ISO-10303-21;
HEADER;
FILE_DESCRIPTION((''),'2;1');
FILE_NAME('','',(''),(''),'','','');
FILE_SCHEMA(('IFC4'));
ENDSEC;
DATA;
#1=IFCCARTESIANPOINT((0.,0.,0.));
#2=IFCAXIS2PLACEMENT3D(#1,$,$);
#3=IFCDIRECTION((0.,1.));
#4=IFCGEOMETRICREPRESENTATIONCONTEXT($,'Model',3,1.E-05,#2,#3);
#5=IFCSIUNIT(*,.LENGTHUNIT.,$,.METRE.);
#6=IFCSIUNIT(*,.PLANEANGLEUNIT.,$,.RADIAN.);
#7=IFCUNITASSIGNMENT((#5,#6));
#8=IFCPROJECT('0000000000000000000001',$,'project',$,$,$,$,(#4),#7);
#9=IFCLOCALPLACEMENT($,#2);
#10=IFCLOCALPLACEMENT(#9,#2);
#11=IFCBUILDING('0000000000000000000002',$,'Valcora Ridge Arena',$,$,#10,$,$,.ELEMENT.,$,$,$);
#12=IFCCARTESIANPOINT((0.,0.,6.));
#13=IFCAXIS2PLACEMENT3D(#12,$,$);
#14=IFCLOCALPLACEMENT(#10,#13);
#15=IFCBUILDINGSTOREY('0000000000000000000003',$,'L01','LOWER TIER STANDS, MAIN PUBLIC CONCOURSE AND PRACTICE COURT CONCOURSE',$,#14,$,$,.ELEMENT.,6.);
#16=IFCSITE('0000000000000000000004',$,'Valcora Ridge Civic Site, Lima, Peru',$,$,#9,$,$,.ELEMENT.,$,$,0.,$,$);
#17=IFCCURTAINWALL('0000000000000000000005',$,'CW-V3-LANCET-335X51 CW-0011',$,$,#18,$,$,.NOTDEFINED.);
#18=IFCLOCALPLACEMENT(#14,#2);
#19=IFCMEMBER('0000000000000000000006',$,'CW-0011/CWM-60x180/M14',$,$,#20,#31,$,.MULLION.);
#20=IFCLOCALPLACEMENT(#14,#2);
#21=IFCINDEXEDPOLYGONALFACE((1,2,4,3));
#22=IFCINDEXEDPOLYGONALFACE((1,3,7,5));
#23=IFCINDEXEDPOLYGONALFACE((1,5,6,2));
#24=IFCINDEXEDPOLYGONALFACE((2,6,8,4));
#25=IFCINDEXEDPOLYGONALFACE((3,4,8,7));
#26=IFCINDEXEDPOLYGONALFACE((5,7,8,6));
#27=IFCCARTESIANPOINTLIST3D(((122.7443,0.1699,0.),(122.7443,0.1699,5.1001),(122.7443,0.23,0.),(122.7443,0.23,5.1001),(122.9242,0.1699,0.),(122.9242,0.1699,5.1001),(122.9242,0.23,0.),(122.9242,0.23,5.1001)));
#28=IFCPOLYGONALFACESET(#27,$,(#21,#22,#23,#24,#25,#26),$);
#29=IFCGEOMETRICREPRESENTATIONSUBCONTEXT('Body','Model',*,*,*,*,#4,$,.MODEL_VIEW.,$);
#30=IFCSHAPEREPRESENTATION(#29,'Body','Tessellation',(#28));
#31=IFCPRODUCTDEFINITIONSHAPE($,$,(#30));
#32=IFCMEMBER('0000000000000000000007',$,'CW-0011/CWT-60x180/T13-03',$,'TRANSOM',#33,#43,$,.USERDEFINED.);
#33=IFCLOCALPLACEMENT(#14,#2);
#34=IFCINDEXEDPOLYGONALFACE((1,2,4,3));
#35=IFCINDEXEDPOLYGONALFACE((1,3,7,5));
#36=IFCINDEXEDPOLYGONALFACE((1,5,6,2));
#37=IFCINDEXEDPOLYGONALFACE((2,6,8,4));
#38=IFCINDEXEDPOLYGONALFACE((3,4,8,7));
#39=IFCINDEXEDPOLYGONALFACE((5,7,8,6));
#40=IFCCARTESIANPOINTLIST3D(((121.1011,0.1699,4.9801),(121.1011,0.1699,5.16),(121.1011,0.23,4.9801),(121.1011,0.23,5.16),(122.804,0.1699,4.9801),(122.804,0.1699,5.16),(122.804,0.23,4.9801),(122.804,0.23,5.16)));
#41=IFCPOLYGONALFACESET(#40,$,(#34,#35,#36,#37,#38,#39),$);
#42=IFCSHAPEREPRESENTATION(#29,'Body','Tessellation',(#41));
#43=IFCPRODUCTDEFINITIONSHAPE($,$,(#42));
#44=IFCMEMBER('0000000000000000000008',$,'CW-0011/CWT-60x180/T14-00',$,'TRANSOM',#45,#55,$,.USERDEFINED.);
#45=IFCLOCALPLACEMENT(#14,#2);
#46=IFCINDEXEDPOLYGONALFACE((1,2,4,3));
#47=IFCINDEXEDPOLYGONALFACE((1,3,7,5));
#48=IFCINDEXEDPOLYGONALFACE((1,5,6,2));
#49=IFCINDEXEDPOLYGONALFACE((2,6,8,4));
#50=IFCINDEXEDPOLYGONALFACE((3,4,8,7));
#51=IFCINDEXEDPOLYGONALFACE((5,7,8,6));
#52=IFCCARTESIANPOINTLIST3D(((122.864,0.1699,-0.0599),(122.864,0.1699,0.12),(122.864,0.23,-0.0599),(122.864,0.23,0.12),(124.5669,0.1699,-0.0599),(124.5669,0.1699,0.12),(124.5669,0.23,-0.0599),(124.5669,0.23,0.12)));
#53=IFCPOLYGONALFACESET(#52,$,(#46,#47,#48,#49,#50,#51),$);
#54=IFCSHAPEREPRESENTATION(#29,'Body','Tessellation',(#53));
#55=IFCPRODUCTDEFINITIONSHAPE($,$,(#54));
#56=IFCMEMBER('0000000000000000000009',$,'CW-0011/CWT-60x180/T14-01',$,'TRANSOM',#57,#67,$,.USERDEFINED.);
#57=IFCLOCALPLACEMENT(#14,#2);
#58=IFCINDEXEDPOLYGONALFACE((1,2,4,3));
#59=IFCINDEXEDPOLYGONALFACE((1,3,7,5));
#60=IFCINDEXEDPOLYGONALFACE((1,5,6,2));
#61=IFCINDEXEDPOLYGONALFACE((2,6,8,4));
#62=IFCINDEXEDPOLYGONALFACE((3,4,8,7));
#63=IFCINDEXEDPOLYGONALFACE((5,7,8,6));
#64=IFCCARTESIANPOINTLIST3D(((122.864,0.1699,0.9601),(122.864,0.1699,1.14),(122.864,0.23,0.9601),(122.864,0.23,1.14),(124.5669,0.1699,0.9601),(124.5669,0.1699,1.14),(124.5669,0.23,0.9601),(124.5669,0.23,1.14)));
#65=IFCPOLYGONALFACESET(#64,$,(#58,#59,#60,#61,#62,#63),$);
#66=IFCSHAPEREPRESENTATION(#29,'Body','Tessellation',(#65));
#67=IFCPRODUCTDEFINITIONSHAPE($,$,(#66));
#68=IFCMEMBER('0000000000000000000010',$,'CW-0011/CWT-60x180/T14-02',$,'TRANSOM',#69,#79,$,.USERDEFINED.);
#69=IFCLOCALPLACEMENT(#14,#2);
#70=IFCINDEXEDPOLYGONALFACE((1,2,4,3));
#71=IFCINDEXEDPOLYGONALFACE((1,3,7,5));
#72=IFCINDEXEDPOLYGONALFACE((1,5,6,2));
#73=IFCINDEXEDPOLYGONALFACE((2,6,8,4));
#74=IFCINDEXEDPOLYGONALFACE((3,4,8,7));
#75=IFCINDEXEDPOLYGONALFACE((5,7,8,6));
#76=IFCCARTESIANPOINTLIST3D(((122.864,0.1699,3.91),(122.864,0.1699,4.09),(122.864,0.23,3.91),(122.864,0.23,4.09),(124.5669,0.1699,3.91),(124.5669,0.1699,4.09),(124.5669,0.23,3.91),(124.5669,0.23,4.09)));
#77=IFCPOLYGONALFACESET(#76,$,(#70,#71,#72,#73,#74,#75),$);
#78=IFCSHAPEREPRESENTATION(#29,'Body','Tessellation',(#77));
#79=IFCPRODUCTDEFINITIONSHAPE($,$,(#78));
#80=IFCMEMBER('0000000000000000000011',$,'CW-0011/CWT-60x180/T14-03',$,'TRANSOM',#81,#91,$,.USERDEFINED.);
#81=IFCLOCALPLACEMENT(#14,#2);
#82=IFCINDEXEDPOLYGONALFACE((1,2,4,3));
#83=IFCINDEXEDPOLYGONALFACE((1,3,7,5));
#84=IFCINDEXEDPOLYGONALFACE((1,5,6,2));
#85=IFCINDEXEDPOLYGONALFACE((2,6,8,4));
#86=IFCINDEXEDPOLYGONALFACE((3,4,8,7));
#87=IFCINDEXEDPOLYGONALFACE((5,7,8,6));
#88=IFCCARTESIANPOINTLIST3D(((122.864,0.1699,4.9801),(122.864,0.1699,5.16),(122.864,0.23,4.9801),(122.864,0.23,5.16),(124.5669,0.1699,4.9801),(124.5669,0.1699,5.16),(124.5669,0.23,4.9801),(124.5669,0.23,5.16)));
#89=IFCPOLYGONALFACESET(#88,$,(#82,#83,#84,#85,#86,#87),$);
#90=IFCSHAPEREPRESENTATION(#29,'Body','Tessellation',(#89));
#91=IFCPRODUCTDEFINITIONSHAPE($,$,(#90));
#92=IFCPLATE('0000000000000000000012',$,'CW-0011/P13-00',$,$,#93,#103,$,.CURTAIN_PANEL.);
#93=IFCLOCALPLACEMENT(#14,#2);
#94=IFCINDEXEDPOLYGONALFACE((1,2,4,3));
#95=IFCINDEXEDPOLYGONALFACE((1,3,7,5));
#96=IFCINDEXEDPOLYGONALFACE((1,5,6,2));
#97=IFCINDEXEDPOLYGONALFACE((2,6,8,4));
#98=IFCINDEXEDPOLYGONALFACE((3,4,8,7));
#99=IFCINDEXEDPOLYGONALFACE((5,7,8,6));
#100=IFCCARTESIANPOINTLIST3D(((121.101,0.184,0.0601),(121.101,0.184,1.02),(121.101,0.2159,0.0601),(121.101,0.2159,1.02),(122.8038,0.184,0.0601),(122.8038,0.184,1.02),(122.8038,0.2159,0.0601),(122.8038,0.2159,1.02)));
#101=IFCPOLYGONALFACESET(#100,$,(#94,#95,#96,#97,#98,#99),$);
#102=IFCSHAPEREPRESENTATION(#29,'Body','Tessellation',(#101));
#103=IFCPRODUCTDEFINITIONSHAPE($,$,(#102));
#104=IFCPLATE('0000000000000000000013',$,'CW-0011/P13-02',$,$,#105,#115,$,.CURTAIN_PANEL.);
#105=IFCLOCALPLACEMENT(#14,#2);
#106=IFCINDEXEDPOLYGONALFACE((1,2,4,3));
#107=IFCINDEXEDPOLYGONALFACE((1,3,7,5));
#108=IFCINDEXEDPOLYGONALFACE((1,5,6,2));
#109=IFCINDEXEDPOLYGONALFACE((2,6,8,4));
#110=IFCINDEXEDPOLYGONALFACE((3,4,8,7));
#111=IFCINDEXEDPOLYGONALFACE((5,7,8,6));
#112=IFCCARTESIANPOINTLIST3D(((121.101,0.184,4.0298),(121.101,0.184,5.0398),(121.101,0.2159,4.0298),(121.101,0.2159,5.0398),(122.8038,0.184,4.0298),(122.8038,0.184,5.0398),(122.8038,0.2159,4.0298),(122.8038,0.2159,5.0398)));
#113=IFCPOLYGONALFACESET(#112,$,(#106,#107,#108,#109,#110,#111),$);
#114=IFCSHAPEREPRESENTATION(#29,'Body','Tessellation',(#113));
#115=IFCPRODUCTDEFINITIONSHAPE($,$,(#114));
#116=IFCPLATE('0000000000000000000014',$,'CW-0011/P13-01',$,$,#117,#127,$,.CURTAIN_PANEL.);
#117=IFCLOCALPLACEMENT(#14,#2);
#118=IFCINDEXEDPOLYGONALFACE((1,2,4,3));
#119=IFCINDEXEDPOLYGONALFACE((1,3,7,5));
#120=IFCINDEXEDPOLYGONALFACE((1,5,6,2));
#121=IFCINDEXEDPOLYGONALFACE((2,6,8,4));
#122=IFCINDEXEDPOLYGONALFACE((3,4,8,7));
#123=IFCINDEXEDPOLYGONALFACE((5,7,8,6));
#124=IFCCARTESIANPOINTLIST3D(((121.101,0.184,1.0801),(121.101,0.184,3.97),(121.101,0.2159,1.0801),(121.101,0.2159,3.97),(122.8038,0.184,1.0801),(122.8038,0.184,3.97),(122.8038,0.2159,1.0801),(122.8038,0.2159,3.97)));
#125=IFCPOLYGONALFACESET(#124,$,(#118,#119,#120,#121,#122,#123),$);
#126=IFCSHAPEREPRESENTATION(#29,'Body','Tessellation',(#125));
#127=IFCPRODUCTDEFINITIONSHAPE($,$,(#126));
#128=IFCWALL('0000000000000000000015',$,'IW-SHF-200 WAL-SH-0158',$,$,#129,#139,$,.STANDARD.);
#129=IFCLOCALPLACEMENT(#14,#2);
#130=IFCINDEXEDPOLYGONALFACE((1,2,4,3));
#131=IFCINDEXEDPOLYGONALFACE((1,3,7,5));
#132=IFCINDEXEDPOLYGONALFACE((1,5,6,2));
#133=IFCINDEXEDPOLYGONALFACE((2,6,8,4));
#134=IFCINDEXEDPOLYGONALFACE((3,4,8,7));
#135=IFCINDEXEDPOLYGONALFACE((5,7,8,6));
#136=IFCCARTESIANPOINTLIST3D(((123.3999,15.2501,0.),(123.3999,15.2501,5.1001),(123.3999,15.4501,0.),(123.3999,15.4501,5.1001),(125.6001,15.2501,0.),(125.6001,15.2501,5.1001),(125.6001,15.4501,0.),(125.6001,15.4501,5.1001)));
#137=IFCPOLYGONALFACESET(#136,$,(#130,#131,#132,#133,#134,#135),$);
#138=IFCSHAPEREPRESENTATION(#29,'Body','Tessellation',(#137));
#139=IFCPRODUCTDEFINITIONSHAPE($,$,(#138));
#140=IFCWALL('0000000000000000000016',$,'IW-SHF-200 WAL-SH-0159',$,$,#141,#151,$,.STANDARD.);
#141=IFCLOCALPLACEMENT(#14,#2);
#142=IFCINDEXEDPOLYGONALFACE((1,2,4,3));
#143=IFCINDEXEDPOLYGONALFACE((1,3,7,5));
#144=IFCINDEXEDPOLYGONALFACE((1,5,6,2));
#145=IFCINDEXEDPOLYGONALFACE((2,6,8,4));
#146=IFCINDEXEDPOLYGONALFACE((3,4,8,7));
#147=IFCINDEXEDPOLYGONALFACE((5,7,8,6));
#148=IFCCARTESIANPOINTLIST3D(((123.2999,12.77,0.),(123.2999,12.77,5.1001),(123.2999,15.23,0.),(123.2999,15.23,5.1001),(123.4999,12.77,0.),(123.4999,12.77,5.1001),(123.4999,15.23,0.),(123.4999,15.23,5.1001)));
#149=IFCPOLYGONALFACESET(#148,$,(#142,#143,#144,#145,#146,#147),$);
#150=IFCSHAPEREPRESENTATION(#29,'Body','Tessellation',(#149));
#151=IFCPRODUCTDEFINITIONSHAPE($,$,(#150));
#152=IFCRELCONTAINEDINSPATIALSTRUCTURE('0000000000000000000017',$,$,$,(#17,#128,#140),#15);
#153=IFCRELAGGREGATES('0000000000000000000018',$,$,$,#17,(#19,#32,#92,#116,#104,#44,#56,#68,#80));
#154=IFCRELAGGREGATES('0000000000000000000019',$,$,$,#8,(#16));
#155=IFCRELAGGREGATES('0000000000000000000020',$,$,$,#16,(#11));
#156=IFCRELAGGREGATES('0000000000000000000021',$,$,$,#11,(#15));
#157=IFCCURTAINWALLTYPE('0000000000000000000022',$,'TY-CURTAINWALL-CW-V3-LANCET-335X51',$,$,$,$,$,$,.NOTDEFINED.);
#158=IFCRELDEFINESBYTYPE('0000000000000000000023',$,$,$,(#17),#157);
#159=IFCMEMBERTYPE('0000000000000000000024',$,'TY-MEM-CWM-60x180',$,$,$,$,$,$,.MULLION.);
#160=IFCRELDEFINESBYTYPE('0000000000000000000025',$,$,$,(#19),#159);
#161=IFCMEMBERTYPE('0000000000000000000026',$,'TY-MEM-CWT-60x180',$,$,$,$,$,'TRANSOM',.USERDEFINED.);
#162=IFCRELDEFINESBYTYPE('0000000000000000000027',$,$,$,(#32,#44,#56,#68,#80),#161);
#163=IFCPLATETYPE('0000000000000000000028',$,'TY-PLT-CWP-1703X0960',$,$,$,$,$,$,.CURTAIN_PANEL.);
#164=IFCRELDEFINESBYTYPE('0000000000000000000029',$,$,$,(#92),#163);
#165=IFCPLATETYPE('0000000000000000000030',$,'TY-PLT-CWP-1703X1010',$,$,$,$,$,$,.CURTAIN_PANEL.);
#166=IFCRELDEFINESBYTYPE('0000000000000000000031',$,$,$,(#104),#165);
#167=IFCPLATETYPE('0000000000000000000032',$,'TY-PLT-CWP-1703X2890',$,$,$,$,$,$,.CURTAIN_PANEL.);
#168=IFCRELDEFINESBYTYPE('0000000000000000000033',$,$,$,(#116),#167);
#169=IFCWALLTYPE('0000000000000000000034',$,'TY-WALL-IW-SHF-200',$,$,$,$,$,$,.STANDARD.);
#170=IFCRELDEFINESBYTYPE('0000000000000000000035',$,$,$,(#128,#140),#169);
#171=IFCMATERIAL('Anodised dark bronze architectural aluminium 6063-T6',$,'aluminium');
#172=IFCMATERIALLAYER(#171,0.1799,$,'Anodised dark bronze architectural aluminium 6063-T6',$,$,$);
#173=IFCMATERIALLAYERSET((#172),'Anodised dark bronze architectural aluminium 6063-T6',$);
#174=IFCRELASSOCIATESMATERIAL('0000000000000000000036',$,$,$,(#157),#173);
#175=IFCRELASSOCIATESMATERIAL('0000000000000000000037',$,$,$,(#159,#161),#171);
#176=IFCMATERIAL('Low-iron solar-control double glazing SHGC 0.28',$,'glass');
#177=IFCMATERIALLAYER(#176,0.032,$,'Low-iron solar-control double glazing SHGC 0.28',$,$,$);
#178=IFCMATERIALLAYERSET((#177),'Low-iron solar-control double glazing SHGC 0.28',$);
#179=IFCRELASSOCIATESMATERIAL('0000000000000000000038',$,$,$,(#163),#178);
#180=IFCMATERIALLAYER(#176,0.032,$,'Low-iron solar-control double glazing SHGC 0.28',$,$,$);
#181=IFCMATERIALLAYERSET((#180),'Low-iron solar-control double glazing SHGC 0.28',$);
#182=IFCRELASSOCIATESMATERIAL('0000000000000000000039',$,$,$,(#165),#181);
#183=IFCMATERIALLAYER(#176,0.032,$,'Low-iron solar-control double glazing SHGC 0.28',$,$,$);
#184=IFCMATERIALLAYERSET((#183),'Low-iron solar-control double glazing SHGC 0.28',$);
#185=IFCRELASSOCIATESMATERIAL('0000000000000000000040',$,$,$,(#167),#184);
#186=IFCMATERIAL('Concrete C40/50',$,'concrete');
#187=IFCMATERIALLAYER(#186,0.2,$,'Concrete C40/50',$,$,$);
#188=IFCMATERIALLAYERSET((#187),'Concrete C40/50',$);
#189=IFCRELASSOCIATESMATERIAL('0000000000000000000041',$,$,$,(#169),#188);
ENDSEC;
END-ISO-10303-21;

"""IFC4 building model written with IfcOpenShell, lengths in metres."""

from ifc_helpers import new_model, si_unit, direction, frame, frame_2d, origin, origin_2d, place, context, subcontext, project, spatial, rectangle, extrude, material, layer, layer_set, material_profile, profile_set, type_object, element, aggregate, save


model = new_model("IFC4")

# Units and contexts
model_context = context("Model", 3, precision=1e-05, world=origin(), true_north=direction((0.0, 1.0)))
body_context = subcontext(model_context, "Body", "Model", "MODEL_VIEW")
ifc_project = project(units=[si_unit("LENGTHUNIT", "METRE"), si_unit("PLANEANGLEUNIT", "RADIAN")], contexts=[model_context])

# Site, building, storey
site_placement = place(None, origin())
site = spatial("IfcSite", under=ifc_project, at=site_placement, Name="Valcora Ridge Civic Site, Lima, Peru", CompositionType="ELEMENT", RefElevation=0.0)
building_placement = place(site_placement, origin())
building = spatial("IfcBuilding", under=site, at=building_placement, Name="Valcora Ridge Arena", CompositionType="ELEMENT")
storey_placement = place(building_placement, frame((0.0, 0.0, 6.0)))
storey = spatial("IfcBuildingStorey", under=building, at=storey_placement, Name="L01", Description="LOWER TIER STANDS, MAIN PUBLIC CONCOURSE AND PRACTICE COURT CONCOURSE", CompositionType="ELEMENT", Elevation=6.0)

# Curtain wall, members, plates
ifc_material_1 = material(Name="Anodised dark bronze architectural aluminium 6063-T6", Category="aluminium")
ifc_layer_1 = layer(ifc_material_1, 0.1799, Name="Anodised dark bronze architectural aluminium 6063-T6")
ifc_layer_set_1 = layer_set([ifc_layer_1], Name="Anodised dark bronze architectural aluminium 6063-T6")
curtain_wall_type = type_object("IfcCurtainWallType", Name="TY-CURTAINWALL-CW-V3-LANCET-335X51", PredefinedType="NOTDEFINED", material=ifc_layer_set_1)
curtain_wall_placement = place(storey_placement, origin())
curtain_wall = element("IfcCurtainWall", 1, at=curtain_wall_placement, inside=storey, type_object=curtain_wall_type, Name="CW-V3-LANCET-335X51 CW-0011", PredefinedType="NOTDEFINED")
ifc_material_profile_1 = material_profile(ifc_material_1, rectangle(XDim=0.0601, YDim=0.1799, at=origin_2d()), Name="ALU MULLION 60x180")
ifc_profile_set_1 = profile_set([ifc_material_profile_1], Name="Anodised dark bronze architectural aluminium 6063-T6")
member_type_1 = type_object("IfcMemberType", Name="TY-MEM-CWM-60x180", PredefinedType="MULLION", material=ifc_profile_set_1)
member_1_placement = place(storey_placement, frame((122.8342, 0.2, 0.0), z_axis=(0.0, 0.0, 1.0), x_axis=(0.0, 1.0, 0.0)))
member_1 = element("IfcMember", 2, at=member_1_placement, type_object=member_type_1, Name="CW-0011/CWM-60x180/M14", PredefinedType="MULLION", context=body_context, shape_type="SweptSolid", body=[
    extrude(rectangle(XDim=0.0601, YDim=0.1799, at=origin_2d()), origin(), (0.0, 0.0, 1.0), 5.1001),
])
ifc_material_profile_2 = material_profile(ifc_material_1, rectangle(XDim=0.0601, YDim=0.1799, at=origin_2d()), Name="ALU TRANSOM 60x180")
ifc_profile_set_2 = profile_set([ifc_material_profile_2], Name="Anodised dark bronze architectural aluminium 6063-T6")
member_type_2 = type_object("IfcMemberType", Name="TY-MEM-CWT-60x180", ElementType="TRANSOM", PredefinedType="USERDEFINED", material=ifc_profile_set_2)
member_2_placement = place(storey_placement, frame((121.1011, 0.2, 5.0701), z_axis=(1.0, 0.0, 0.0), x_axis=(0.0, 1.0, 0.0)))
member_2 = element("IfcMember", 3, at=member_2_placement, type_object=member_type_2, Name="CW-0011/CWT-60x180/T13-03", ObjectType="TRANSOM", PredefinedType="USERDEFINED", context=body_context, shape_type="SweptSolid", body=[
    extrude(rectangle(XDim=0.0601, YDim=0.1799, at=origin_2d()), origin(), (0.0, 0.0, 1.0), 1.7029),
])
member_3_placement = place(storey_placement, frame((122.864, 0.2, 0.03), z_axis=(1.0, 0.0, 0.0), x_axis=(0.0, 1.0, 0.0)))
member_3 = element("IfcMember", 4, at=member_3_placement, type_object=member_type_2, Name="CW-0011/CWT-60x180/T14-00", ObjectType="TRANSOM", PredefinedType="USERDEFINED", context=body_context, shape_type="SweptSolid", body=[
    extrude(rectangle(XDim=0.0601, YDim=0.1799, at=origin_2d()), origin(), (0.0, 0.0, 1.0), 1.7029),
])
member_4_placement = place(storey_placement, frame((122.864, 0.2, 1.05), z_axis=(1.0, 0.0, 0.0), x_axis=(0.0, 1.0, 0.0)))
member_4 = element("IfcMember", 5, at=member_4_placement, type_object=member_type_2, Name="CW-0011/CWT-60x180/T14-01", ObjectType="TRANSOM", PredefinedType="USERDEFINED", context=body_context, shape_type="SweptSolid", body=[
    extrude(rectangle(XDim=0.0601, YDim=0.1799, at=origin_2d()), origin(), (0.0, 0.0, 1.0), 1.7029),
])
member_5_placement = place(storey_placement, frame((122.864, 0.2, 4.0), z_axis=(1.0, 0.0, 0.0), x_axis=(0.0, 1.0, 0.0)))
member_5 = element("IfcMember", 6, at=member_5_placement, type_object=member_type_2, Name="CW-0011/CWT-60x180/T14-02", ObjectType="TRANSOM", PredefinedType="USERDEFINED", context=body_context, shape_type="SweptSolid", body=[
    extrude(rectangle(XDim=0.0601, YDim=0.1799, at=origin_2d()), origin(), (0.0, 0.0, 1.0), 1.7029),
])
member_6_placement = place(storey_placement, frame((122.864, 0.2, 5.0701), z_axis=(1.0, 0.0, 0.0), x_axis=(0.0, 1.0, 0.0)))
member_6 = element("IfcMember", 7, at=member_6_placement, type_object=member_type_2, Name="CW-0011/CWT-60x180/T14-03", ObjectType="TRANSOM", PredefinedType="USERDEFINED", context=body_context, shape_type="SweptSolid", body=[
    extrude(rectangle(XDim=0.0601, YDim=0.1799, at=origin_2d()), origin(), (0.0, 0.0, 1.0), 1.7029),
])
ifc_material_2 = material(Name="Low-iron solar-control double glazing SHGC 0.28", Category="glass")
ifc_layer_2 = layer(ifc_material_2, 0.032, Name="Low-iron solar-control double glazing SHGC 0.28")
ifc_layer_set_2 = layer_set([ifc_layer_2], Name="Low-iron solar-control double glazing SHGC 0.28")
plate_type_1 = type_object("IfcPlateType", Name="TY-PLT-CWP-1703X0960", PredefinedType="CURTAIN_PANEL", material=ifc_layer_set_2)
plate_1_placement = place(storey_placement, frame((121.9524, 0.2, 0.0601), z_axis=(0.0, 0.0, 1.0), x_axis=(1.0, 0.0, 0.0)))
plate_1 = element("IfcPlate", 8, at=plate_1_placement, type_object=plate_type_1, Name="CW-0011/P13-00", PredefinedType="CURTAIN_PANEL", context=body_context, shape_type="SweptSolid", body=[
    extrude(rectangle(XDim=1.7029, YDim=0.032, at=origin_2d()), origin(), (0.0, 0.0, 1.0), 0.96),
])
ifc_layer_3 = layer(ifc_material_2, 0.032, Name="Low-iron solar-control double glazing SHGC 0.28")
ifc_layer_set_3 = layer_set([ifc_layer_3], Name="Low-iron solar-control double glazing SHGC 0.28")
plate_type_2 = type_object("IfcPlateType", Name="TY-PLT-CWP-1703X1010", PredefinedType="CURTAIN_PANEL", material=ifc_layer_set_3)
plate_2_placement = place(storey_placement, frame((121.9524, 0.2, 4.0298), z_axis=(0.0, 0.0, 1.0), x_axis=(1.0, 0.0, 0.0)))
plate_2 = element("IfcPlate", 9, at=plate_2_placement, type_object=plate_type_2, Name="CW-0011/P13-02", PredefinedType="CURTAIN_PANEL", context=body_context, shape_type="SweptSolid", body=[
    extrude(rectangle(XDim=1.7029, YDim=0.032, at=origin_2d()), origin(), (0.0, 0.0, 1.0), 1.01),
])
ifc_layer_4 = layer(ifc_material_2, 0.032, Name="Low-iron solar-control double glazing SHGC 0.28")
ifc_layer_set_4 = layer_set([ifc_layer_4], Name="Low-iron solar-control double glazing SHGC 0.28")
plate_type_3 = type_object("IfcPlateType", Name="TY-PLT-CWP-1703X2890", PredefinedType="CURTAIN_PANEL", material=ifc_layer_set_4)
plate_3_placement = place(storey_placement, frame((121.9524, 0.2, 1.0801), z_axis=(0.0, 0.0, 1.0), x_axis=(1.0, 0.0, 0.0)))
plate_3 = element("IfcPlate", 10, at=plate_3_placement, type_object=plate_type_3, Name="CW-0011/P13-01", PredefinedType="CURTAIN_PANEL", context=body_context, shape_type="SweptSolid", body=[
    extrude(rectangle(XDim=1.7029, YDim=0.032, at=origin_2d()), origin(), (0.0, 0.0, 1.0), 2.8899),
])
aggregate(curtain_wall, [member_1, member_2, plate_1, plate_3, plate_2, member_3, member_4, member_5, member_6])

# Shared definitions
ifc_material_3 = material(Name="Concrete C40/50", Category="concrete")
ifc_layer_5 = layer(ifc_material_3, 0.2, Name="Concrete C40/50")
ifc_layer_set_5 = layer_set([ifc_layer_5], Name="Concrete C40/50")
wall_type = type_object("IfcWallType", Name="TY-WALL-IW-SHF-200", PredefinedType="STANDARD", material=ifc_layer_set_5)

# Walls
wall_1_placement = place(storey_placement, frame((123.3999, 15.3501, 0.0), z_axis=(0.0, 0.0, 1.0), x_axis=(1.0, 0.0, 0.0)))
element("IfcWall", 11, at=wall_1_placement, inside=storey, type_object=wall_type, Name="IW-SHF-200 WAL-SH-0158", PredefinedType="STANDARD", context=body_context, shape_type="SweptSolid", body=[
    extrude(rectangle(XDim=2.2002, YDim=0.2, at=frame_2d((1.1001, 0.0))), origin(), (0.0, 0.0, 1.0), 5.1001),
])
wall_2_placement = place(storey_placement, frame((123.3999, 12.77, 0.0), z_axis=(0.0, 0.0, 1.0), x_axis=(0.0, 1.0, 0.0)))
element("IfcWall", 12, at=wall_2_placement, inside=storey, type_object=wall_type, Name="IW-SHF-200 WAL-SH-0159", PredefinedType="STANDARD", context=body_context, shape_type="SweptSolid", body=[
    extrude(rectangle(XDim=2.46, YDim=0.2, at=frame_2d((1.23, 0.0))), origin(), (0.0, 0.0, 1.0), 5.1001),
])

save(model, "model.ifc")
